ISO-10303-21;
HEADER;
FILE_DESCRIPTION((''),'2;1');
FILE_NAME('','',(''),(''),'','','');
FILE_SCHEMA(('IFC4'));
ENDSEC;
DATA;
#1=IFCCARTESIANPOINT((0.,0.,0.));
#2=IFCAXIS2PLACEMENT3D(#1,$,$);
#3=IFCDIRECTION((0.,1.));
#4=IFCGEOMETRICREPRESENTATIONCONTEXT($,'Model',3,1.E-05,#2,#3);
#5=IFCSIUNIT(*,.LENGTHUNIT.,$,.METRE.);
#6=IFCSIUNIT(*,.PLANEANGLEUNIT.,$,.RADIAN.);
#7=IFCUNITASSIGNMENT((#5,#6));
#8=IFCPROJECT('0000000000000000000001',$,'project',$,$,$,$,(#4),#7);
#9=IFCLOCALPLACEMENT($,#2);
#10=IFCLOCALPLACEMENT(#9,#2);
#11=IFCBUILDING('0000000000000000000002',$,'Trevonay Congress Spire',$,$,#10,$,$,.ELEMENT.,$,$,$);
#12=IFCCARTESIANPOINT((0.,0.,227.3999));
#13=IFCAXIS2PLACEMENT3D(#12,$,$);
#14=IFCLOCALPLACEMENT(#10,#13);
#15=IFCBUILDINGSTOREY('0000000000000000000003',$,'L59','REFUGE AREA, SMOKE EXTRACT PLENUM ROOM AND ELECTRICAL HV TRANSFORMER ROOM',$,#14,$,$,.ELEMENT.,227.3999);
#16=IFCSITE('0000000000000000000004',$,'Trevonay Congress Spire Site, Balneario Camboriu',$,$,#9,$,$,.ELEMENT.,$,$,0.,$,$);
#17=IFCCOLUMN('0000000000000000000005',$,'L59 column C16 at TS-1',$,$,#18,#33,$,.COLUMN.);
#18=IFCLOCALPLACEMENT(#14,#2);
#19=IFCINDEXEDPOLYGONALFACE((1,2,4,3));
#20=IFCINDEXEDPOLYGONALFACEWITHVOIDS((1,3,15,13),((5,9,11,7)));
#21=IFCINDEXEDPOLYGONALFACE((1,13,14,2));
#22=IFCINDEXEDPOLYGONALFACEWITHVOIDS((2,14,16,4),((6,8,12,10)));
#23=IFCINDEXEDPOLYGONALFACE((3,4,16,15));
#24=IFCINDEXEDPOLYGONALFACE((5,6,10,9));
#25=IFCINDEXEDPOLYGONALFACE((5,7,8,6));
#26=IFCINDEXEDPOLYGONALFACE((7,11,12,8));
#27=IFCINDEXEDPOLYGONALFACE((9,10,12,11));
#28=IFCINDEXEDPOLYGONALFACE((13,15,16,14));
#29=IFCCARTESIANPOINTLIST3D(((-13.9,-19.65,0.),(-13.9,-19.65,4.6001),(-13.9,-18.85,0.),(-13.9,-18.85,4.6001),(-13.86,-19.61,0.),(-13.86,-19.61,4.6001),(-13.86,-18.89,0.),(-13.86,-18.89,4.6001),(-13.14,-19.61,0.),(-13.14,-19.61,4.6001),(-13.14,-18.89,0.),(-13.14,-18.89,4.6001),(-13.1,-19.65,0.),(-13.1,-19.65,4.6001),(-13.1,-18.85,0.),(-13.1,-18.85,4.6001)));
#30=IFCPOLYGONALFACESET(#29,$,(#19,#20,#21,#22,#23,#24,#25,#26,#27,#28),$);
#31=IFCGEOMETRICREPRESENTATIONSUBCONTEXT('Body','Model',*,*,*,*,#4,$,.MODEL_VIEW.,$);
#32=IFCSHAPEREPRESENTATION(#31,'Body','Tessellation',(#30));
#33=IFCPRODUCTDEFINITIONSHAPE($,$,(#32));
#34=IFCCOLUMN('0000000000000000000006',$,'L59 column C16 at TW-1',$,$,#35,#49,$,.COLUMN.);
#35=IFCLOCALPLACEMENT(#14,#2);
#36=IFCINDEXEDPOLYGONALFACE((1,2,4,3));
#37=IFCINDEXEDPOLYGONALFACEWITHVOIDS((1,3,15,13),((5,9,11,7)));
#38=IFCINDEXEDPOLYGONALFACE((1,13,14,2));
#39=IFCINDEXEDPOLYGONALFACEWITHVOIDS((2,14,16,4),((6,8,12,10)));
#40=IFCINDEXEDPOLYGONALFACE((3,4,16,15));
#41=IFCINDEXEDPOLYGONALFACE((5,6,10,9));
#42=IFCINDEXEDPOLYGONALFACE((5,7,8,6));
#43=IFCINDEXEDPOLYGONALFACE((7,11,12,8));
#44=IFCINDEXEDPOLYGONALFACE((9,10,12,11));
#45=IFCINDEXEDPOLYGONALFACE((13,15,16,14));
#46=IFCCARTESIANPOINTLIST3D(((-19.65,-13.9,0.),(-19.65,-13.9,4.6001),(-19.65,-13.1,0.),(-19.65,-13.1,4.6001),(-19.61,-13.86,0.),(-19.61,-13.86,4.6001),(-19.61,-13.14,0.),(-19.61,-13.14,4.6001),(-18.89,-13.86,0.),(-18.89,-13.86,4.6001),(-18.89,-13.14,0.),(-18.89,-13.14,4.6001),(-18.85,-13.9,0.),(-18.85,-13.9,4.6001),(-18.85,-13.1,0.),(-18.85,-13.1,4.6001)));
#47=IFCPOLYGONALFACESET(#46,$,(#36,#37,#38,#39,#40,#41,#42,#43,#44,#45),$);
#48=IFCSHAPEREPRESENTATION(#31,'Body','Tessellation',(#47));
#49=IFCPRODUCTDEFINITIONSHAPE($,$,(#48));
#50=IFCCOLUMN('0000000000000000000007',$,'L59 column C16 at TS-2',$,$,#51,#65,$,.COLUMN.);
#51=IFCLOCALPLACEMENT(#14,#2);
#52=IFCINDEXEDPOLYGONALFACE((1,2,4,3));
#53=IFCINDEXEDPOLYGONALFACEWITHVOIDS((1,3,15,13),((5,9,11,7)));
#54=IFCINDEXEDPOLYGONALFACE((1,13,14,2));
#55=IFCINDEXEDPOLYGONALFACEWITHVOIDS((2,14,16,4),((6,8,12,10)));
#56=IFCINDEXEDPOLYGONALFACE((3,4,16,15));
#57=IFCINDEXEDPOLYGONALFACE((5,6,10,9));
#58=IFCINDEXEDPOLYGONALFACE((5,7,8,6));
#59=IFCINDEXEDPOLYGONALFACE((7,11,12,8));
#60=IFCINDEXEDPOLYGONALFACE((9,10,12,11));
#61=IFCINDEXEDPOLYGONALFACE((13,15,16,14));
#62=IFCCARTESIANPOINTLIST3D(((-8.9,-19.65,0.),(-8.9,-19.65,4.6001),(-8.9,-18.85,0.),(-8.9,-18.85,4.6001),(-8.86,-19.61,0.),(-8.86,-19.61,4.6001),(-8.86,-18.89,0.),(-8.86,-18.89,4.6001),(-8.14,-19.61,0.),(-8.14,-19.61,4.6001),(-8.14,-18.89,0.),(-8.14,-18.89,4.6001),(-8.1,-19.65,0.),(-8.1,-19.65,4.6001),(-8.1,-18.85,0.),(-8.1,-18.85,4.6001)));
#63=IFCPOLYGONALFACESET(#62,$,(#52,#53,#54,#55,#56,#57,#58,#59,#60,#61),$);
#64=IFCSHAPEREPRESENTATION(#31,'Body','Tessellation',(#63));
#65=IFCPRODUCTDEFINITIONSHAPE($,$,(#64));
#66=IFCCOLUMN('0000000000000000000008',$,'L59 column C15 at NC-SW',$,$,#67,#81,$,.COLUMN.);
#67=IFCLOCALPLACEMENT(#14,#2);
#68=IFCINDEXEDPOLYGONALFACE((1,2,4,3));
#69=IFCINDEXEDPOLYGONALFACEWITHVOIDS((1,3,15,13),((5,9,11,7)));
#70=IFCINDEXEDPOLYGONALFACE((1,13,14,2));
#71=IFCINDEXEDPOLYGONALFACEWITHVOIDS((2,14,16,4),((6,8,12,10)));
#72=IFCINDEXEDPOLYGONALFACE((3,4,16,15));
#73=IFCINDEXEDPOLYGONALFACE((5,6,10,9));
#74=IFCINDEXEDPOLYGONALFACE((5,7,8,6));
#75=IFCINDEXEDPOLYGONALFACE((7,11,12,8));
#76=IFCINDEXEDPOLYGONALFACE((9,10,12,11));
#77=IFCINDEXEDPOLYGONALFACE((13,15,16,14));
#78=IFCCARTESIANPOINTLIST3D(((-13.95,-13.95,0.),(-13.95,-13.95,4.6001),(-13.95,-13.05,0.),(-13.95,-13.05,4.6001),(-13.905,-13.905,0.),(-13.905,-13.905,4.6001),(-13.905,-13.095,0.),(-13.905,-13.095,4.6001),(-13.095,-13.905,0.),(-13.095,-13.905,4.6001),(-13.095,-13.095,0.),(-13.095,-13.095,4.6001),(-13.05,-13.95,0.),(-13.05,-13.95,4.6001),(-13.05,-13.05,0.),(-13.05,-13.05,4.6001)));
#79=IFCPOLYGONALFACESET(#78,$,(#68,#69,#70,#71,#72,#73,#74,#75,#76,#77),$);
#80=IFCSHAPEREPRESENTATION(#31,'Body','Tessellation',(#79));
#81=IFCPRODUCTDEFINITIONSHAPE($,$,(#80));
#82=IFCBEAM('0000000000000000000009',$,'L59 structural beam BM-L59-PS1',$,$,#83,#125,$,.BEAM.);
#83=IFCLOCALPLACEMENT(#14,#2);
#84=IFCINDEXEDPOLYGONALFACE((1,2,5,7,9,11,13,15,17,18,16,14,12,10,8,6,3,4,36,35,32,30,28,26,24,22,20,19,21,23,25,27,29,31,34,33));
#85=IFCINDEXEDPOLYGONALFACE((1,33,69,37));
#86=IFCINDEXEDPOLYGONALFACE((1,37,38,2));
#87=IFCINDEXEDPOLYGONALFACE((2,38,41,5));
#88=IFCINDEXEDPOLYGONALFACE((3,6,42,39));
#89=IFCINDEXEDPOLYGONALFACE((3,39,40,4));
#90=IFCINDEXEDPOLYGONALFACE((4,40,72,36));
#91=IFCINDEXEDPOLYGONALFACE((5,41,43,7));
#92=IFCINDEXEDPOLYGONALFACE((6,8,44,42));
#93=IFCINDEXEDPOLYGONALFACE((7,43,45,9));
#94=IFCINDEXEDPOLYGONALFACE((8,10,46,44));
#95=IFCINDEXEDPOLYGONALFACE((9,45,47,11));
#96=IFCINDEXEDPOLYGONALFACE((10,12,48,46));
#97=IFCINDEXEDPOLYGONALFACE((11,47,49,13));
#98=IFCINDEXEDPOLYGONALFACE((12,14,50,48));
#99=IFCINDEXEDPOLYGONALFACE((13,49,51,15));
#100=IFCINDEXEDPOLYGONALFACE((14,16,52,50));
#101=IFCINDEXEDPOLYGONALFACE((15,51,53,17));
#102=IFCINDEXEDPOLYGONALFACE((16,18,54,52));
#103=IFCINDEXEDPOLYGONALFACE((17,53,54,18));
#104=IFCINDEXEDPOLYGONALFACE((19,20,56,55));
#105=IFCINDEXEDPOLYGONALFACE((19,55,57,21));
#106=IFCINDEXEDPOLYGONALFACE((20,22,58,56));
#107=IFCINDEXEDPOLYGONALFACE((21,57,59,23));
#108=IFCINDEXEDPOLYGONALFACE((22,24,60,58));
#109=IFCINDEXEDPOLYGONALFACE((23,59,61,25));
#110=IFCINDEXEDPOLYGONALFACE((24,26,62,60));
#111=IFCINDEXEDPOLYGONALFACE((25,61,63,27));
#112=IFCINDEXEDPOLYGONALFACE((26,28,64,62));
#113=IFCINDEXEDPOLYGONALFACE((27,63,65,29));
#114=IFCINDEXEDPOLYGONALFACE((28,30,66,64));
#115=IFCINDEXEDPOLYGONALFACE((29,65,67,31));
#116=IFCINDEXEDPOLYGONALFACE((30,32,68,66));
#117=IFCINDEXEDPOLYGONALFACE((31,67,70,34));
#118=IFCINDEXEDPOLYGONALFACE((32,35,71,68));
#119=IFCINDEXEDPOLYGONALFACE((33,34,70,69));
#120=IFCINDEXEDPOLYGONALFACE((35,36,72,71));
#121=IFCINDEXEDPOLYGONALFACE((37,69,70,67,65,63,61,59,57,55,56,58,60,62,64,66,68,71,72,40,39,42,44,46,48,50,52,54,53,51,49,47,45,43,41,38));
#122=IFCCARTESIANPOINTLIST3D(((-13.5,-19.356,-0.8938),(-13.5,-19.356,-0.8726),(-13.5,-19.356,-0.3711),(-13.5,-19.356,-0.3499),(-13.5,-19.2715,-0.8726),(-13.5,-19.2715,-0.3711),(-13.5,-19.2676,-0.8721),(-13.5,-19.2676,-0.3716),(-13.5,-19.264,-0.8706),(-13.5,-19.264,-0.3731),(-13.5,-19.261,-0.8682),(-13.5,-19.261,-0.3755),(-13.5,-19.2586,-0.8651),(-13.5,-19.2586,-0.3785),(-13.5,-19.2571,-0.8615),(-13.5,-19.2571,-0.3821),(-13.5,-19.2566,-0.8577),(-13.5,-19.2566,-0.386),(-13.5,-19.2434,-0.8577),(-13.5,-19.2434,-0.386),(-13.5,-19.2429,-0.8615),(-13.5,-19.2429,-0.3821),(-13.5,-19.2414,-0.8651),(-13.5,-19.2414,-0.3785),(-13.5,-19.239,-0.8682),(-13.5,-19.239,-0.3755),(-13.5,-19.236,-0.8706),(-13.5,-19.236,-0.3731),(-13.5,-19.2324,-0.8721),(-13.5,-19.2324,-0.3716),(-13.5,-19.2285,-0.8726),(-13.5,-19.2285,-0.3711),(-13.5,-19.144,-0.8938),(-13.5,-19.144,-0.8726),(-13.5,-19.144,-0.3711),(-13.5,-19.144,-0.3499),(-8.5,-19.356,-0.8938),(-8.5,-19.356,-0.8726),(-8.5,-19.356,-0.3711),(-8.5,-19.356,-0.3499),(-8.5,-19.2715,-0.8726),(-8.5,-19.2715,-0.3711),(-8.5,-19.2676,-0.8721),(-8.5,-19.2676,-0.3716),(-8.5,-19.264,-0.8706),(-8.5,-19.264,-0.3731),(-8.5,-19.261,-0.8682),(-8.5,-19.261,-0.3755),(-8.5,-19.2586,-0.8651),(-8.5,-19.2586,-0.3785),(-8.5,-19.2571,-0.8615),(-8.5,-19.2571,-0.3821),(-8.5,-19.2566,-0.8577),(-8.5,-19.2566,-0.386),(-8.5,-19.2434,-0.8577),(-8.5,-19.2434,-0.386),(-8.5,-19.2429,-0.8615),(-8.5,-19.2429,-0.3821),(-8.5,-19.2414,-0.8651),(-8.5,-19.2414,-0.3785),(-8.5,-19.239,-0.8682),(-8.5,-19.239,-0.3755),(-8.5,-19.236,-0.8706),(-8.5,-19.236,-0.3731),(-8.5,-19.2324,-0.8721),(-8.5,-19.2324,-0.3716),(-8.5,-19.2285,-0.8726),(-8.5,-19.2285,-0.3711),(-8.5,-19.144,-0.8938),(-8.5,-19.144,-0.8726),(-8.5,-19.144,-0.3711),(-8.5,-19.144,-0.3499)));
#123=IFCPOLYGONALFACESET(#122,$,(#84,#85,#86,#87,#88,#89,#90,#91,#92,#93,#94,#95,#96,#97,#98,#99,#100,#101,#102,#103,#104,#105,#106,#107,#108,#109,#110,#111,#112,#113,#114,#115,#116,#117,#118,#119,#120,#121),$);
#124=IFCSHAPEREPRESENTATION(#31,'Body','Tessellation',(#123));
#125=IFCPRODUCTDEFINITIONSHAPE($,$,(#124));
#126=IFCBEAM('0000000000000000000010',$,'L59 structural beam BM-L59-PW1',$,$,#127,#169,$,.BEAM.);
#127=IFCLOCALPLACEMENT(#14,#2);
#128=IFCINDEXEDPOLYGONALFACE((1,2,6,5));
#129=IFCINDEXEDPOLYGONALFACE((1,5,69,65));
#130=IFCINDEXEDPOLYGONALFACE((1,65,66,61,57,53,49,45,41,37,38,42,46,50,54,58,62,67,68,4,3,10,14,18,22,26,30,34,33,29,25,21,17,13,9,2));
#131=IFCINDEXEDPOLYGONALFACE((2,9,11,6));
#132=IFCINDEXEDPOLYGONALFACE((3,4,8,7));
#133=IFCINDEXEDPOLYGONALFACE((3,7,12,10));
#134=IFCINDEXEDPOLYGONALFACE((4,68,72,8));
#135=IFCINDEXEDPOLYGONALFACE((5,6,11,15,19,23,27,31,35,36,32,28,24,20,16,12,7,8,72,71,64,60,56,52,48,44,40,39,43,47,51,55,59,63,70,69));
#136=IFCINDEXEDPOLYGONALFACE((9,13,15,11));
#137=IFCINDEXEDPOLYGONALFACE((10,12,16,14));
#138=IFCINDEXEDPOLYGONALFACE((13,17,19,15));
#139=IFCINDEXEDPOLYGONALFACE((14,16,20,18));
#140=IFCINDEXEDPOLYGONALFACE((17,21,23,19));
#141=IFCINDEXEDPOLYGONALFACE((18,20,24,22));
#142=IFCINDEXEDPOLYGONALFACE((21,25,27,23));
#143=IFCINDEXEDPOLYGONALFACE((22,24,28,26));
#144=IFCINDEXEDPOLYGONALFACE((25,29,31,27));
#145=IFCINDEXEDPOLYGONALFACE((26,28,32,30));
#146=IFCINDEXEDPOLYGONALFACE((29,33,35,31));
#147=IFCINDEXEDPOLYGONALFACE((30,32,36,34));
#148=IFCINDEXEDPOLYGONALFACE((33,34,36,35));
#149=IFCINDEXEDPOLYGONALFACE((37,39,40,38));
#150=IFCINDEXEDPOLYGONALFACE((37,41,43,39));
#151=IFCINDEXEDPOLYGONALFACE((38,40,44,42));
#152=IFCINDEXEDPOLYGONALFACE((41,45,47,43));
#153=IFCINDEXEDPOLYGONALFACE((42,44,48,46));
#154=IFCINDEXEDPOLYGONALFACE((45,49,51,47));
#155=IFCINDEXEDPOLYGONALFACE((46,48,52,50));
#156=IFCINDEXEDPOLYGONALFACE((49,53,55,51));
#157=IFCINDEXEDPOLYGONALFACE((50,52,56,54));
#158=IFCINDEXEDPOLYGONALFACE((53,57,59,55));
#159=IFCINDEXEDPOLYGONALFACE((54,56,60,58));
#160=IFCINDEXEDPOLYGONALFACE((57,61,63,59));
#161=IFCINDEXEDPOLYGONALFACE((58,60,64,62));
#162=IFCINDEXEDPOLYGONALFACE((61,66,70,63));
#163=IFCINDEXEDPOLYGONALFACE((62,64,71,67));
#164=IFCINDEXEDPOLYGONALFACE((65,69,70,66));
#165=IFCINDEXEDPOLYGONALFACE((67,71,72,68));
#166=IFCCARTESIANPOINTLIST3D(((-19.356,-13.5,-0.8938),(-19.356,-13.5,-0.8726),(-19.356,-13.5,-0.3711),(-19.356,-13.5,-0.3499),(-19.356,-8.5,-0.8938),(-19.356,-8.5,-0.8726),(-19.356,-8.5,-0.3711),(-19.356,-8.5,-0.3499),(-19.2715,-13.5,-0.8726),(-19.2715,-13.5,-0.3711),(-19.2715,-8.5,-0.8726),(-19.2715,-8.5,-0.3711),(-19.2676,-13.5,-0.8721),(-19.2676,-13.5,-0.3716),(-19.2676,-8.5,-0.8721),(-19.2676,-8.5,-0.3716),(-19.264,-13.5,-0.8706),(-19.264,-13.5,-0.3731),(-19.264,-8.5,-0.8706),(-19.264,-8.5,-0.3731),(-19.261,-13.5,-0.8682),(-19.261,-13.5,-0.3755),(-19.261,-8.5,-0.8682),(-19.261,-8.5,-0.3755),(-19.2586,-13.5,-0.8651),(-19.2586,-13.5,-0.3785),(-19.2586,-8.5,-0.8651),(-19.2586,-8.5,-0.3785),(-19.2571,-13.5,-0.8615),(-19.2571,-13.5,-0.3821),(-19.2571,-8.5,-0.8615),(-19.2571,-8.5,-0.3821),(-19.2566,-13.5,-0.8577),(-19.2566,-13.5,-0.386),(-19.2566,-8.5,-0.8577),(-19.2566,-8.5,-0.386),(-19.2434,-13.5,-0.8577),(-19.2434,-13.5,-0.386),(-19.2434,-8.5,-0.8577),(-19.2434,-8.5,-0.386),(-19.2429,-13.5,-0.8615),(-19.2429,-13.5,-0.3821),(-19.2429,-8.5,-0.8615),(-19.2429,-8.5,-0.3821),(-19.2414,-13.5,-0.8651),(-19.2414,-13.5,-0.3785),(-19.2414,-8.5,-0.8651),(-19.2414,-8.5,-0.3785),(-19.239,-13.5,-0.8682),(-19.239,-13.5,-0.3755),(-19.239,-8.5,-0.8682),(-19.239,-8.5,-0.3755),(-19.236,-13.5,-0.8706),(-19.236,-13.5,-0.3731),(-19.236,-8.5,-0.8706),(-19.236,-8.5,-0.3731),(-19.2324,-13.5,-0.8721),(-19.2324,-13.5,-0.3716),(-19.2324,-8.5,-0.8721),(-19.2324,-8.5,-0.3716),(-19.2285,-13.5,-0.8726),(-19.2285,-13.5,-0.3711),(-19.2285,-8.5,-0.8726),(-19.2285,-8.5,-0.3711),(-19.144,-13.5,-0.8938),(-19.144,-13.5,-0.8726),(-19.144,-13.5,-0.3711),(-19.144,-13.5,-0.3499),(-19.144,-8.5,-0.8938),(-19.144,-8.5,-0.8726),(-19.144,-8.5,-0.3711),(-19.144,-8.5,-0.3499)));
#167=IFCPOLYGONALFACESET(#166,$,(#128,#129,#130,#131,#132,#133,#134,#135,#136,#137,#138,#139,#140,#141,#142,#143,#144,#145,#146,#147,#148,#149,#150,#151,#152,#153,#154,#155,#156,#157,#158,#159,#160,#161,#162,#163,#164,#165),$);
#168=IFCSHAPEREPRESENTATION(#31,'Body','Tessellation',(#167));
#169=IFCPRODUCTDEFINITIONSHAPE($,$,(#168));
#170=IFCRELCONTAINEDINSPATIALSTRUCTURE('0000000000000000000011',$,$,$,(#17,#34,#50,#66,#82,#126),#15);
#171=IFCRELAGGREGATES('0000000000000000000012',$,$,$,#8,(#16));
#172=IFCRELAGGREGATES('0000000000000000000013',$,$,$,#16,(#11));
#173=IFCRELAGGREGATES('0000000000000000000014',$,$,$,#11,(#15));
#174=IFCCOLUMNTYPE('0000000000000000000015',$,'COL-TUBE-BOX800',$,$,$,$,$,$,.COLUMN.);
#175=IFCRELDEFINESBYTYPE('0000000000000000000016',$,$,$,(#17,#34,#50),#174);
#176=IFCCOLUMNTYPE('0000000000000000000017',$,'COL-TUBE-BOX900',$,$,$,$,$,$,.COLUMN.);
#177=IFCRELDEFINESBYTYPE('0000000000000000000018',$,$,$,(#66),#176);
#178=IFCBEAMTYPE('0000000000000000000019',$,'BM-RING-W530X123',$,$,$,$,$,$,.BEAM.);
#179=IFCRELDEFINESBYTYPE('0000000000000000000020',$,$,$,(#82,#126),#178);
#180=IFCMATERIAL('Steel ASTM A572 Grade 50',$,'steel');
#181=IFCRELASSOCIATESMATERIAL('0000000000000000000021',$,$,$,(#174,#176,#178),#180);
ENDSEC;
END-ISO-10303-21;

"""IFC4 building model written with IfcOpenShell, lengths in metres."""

from ifc_helpers import new_model, si_unit, direction, frame, origin, origin_2d, place, context, subcontext, project, spatial, hollow_rectangle, i_section, extrude, material, material_profile, profile_set, type_object, element, save


model = new_model("IFC4")

# Units and contexts
model_context = context("Model", 3, precision=1e-05, world=origin(), true_north=direction((0.0, 1.0)))
body_context = subcontext(model_context, "Body", "Model", "MODEL_VIEW")
ifc_project = project(units=[si_unit("LENGTHUNIT", "METRE"), si_unit("PLANEANGLEUNIT", "RADIAN")], contexts=[model_context])

# Site, building, storey
site_placement = place(None, origin())
site = spatial("IfcSite", under=ifc_project, at=site_placement, Name="Trevonay Congress Spire Site, Balneario Camboriu", CompositionType="ELEMENT", RefElevation=0.0)
building_placement = place(site_placement, origin())
building = spatial("IfcBuilding", under=site, at=building_placement, Name="Trevonay Congress Spire", CompositionType="ELEMENT")
storey_placement = place(building_placement, frame((0.0, 0.0, 227.3999)))
storey = spatial("IfcBuildingStorey", under=building, at=storey_placement, Name="L59", Description="REFUGE AREA, SMOKE EXTRACT PLENUM ROOM AND ELECTRICAL HV TRANSFORMER ROOM", CompositionType="ELEMENT", Elevation=227.3999)

# Columns
ifc_material_1 = material(Name="Steel ASTM A572 Grade 50", Category="steel")
ifc_material_profile_1 = material_profile(ifc_material_1, hollow_rectangle(XDim=0.8, YDim=0.8, WallThickness=0.04, at=origin_2d()), Name="BOX 800x800x40")
ifc_profile_set_1 = profile_set([ifc_material_profile_1], Name="Steel ASTM A572 Grade 50")
column_type_1 = type_object("IfcColumnType", Name="COL-TUBE-BOX800", PredefinedType="COLUMN", material=ifc_profile_set_1)
for number, where, z_axis, x_axis, name in (
    (1, (-13.5, -19.25, 0.0), (0.0, 0.0, 1.0), (1.0, 0.0, 0.0), "L59 column C16 at TS-1"),
    (2, (-19.25, -13.5, 0.0), (0.0, 0.0, 1.0), (1.0, 0.0, 0.0), "L59 column C16 at TW-1"),
    (3, (-8.5, -19.25, 0.0), (0.0, 0.0, 1.0), (1.0, 0.0, 0.0), "L59 column C16 at TS-2"),
):
    element("IfcColumn", number, at=place(storey_placement, frame(where, z_axis=z_axis, x_axis=x_axis)), inside=storey, type_object=column_type_1, Name=name, PredefinedType="COLUMN", context=body_context, shape_type="SweptSolid", body=[
        extrude(hollow_rectangle(XDim=0.8, YDim=0.8, WallThickness=0.04, at=origin_2d()), origin(), (0.0, 0.0, 1.0), 4.6001),
    ])
ifc_material_profile_2 = material_profile(ifc_material_1, hollow_rectangle(XDim=0.8999, YDim=0.8999, WallThickness=0.0449, at=origin_2d()), Name="BOX 900x900x45")
ifc_profile_set_2 = profile_set([ifc_material_profile_2], Name="Steel ASTM A572 Grade 50")
column_type_2 = type_object("IfcColumnType", Name="COL-TUBE-BOX900", PredefinedType="COLUMN", material=ifc_profile_set_2)
column_placement = place(storey_placement, frame((-13.5, -13.5, 0.0), z_axis=(0.0, 0.0, 1.0), x_axis=(1.0, 0.0, 0.0)))
element("IfcColumn", 4, at=column_placement, inside=storey, type_object=column_type_2, Name="L59 column C15 at NC-SW", PredefinedType="COLUMN", context=body_context, shape_type="SweptSolid", body=[
    extrude(hollow_rectangle(XDim=0.8999, YDim=0.8999, WallThickness=0.0449, at=origin_2d()), origin(), (0.0, 0.0, 1.0), 4.6001),
])

# Beams
ifc_material_profile_3 = material_profile(ifc_material_1, i_section(OverallWidth=0.2119, OverallDepth=0.5439, WebThickness=0.0132, FlangeThickness=0.0212, FilletRadius=0.0149, at=origin_2d()), Name="W530x123")
ifc_profile_set_3 = profile_set([ifc_material_profile_3], Name="Steel ASTM A572 Grade 50")
beam_type = type_object("IfcBeamType", Name="BM-RING-W530X123", PredefinedType="BEAM", material=ifc_profile_set_3)
for number, where, z_axis, x_axis, name in (
    (5, (-13.5, -19.25, -0.6218), (1.0, 0.0, 0.0), (0.0, 1.0, 0.0), "L59 structural beam BM-L59-PS1"),
    (6, (-19.25, -13.5, -0.6218), (0.0, 1.0, 0.0), (-1.0, 0.0, 0.0), "L59 structural beam BM-L59-PW1"),
):
    element("IfcBeam", number, at=place(storey_placement, frame(where, z_axis=z_axis, x_axis=x_axis)), inside=storey, type_object=beam_type, Name=name, PredefinedType="BEAM", context=body_context, shape_type="SweptSolid", body=[
        extrude(i_section(OverallWidth=0.2119, OverallDepth=0.5439, WebThickness=0.0132, FlangeThickness=0.0212, FilletRadius=0.0149, at=origin_2d()), origin(), (0.0, 0.0, 1.0), 5.0),
    ])

save(model, "model.ifc")
